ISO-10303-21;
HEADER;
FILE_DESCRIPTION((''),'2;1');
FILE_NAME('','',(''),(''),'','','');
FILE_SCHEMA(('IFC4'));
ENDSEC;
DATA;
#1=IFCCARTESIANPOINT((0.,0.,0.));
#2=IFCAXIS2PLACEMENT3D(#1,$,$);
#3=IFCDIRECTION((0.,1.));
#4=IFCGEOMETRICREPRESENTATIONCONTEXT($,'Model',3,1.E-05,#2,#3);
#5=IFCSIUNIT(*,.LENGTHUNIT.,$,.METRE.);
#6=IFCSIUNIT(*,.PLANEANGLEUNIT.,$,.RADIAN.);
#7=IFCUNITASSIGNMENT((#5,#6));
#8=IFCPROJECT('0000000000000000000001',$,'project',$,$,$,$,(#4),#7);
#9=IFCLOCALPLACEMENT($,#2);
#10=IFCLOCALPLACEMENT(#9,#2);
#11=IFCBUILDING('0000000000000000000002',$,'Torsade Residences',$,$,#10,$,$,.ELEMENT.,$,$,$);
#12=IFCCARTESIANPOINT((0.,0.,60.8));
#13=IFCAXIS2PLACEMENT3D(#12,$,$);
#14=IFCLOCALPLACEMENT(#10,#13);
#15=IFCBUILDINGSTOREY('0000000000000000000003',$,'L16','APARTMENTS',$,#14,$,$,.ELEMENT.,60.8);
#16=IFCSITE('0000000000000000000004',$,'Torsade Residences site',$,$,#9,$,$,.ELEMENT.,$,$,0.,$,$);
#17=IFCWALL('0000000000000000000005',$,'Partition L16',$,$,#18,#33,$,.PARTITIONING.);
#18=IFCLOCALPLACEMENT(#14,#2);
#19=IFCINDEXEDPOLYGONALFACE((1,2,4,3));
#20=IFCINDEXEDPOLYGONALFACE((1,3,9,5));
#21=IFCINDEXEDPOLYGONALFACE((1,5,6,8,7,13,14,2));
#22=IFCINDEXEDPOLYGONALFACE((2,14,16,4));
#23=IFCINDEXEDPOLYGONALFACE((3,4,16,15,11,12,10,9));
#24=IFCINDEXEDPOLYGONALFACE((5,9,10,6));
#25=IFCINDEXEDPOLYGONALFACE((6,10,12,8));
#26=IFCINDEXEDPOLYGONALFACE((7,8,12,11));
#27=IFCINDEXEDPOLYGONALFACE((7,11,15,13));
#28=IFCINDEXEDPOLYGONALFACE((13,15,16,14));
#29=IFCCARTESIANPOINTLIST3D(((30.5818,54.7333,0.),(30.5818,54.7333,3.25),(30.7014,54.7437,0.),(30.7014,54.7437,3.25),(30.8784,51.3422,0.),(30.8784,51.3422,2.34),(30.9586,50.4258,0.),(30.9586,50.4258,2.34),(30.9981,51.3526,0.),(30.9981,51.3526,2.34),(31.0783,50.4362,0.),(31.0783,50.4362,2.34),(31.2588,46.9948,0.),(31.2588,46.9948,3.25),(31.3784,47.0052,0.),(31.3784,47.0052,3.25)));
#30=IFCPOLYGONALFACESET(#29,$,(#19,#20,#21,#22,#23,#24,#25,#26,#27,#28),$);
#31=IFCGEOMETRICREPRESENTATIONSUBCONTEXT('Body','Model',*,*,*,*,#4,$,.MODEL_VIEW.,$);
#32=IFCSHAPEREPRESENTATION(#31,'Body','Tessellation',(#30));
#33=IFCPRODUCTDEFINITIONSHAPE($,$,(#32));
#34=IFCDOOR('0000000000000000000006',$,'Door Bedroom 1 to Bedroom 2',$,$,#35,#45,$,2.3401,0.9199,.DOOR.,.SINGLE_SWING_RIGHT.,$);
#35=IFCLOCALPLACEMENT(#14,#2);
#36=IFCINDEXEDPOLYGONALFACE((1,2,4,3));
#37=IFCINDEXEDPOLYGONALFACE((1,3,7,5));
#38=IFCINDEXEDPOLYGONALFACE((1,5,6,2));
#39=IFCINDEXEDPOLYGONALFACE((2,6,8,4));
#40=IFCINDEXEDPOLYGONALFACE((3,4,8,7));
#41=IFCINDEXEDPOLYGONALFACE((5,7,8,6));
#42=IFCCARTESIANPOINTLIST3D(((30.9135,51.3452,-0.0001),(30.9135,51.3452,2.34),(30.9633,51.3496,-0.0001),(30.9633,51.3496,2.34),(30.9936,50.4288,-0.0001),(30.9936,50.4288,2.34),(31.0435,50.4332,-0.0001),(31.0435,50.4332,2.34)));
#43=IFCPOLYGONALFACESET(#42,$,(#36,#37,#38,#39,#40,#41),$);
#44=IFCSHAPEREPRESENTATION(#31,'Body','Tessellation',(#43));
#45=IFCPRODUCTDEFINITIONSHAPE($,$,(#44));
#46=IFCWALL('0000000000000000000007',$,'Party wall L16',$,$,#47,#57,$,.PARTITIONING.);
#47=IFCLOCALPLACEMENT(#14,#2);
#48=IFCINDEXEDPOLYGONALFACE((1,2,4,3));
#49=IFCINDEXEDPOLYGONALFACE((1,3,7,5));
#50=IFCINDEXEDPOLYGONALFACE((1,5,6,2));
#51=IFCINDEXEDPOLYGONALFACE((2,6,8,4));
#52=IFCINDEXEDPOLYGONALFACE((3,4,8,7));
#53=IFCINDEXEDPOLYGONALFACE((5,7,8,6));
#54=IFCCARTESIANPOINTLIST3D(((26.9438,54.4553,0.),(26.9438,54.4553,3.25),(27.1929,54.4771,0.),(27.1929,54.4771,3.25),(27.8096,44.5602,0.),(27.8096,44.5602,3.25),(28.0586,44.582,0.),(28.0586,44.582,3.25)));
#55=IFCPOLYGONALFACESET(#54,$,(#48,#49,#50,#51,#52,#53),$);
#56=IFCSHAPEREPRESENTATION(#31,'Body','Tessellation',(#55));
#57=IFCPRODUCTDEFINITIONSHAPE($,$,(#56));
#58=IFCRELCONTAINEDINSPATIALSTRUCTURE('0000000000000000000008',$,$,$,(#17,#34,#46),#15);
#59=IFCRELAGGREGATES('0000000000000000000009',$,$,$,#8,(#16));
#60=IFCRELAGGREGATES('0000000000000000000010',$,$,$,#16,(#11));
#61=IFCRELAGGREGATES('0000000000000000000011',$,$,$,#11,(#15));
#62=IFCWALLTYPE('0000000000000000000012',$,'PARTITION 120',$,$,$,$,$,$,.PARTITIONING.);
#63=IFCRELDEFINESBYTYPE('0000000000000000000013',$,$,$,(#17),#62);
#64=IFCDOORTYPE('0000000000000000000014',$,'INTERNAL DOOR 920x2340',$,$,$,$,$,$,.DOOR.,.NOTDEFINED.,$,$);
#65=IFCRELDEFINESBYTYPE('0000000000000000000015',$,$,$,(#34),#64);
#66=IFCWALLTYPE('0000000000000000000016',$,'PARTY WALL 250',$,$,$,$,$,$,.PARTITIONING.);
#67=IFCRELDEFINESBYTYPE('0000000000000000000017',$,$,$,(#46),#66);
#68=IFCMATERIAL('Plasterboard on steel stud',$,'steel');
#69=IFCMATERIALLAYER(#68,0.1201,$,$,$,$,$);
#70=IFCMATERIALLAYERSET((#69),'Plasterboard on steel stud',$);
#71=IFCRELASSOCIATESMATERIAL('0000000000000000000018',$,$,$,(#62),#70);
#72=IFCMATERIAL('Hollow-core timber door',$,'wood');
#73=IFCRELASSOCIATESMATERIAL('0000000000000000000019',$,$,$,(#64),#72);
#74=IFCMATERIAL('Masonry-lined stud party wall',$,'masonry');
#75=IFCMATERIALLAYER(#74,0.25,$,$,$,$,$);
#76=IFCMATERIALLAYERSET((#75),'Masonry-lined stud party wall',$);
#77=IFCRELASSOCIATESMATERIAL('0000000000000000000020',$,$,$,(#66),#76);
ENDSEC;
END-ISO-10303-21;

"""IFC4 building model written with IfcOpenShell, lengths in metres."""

from ifc_helpers import new_model, si_unit, direction, frame, frame_2d, origin, place, context, subcontext, project, spatial, rectangle, extrude, material, layer, layer_set, type_object, element, fill, save


model = new_model("IFC4")

# Units and contexts
model_context = context("Model", 3, precision=1e-05, world=origin(), true_north=direction((0.0, 1.0)))
body_context = subcontext(model_context, "Body", "Model", "MODEL_VIEW")
ifc_project = project(units=[si_unit("LENGTHUNIT", "METRE"), si_unit("PLANEANGLEUNIT", "RADIAN")], contexts=[model_context])

# Site, building, storey
site_placement = place(None, origin())
site = spatial("IfcSite", under=ifc_project, at=site_placement, Name="Torsade Residences site", CompositionType="ELEMENT", RefElevation=0.0)
building_placement = place(site_placement, origin())
building = spatial("IfcBuilding", under=site, at=building_placement, Name="Torsade Residences", CompositionType="ELEMENT")
storey_placement = place(building_placement, frame((0.0, 0.0, 60.8)))
storey = spatial("IfcBuildingStorey", under=building, at=storey_placement, Name="L16", Description="APARTMENTS", CompositionType="ELEMENT", Elevation=60.8)

# Shared definitions
ifc_material_1 = material(Name="Plasterboard on steel stud", Category="steel")
ifc_layer_1 = layer(ifc_material_1, 0.1201)
ifc_layer_set_1 = layer_set([ifc_layer_1], Name="Plasterboard on steel stud")
wall_type_1 = type_object("IfcWallType", Name="PARTITION 120", PredefinedType="PARTITIONING", material=ifc_layer_set_1)
ifc_material_2 = material(Name="Hollow-core timber door", Category="wood")
door_type_1 = type_object("IfcDoorType", Name="INTERNAL DOOR 920x2340", OperationType="NOTDEFINED", PredefinedType="DOOR", material=ifc_material_2)

# Wall, opening, door
wall_1_placement = place(storey_placement, frame((31.3186, 47.0, 0.0), z_axis=(0.0, 0.0, 1.0), x_axis=(-0.087152, 0.996195, 0.0)))
wall_1 = element("IfcWall", 1, at=wall_1_placement, inside=storey, type_object=wall_type_1, Name="Partition L16", PredefinedType="PARTITIONING", context=body_context, shape_type="SweptSolid", body=[
    extrude(rectangle(XDim=7.7681, YDim=0.1201, at=frame_2d((3.884, 0.0))), origin(), (0.0, 0.0, 1.0), 3.25),
])
opening_1_placement = place(wall_1_placement, frame((3.4441, 0.0, 0.0)))
opening_1 = element("IfcOpeningElement", 2, at=opening_1_placement, cuts=wall_1, PredefinedType="OPENING", context=body_context, shape_type="SweptSolid", body=[
    extrude(rectangle(XDim=0.9199, YDim=2.3401, at=frame_2d((0.46, 1.1699))), frame((0.0, 0.0701, 0.0), z_axis=(0.0, -1.0, 0.0), x_axis=(1.0, 0.0, 0.0)), (0.0, 0.0, 1.0), 0.1401),
])
door_1_placement = place(opening_1_placement, origin())
door_1 = element("IfcDoor", 3, at=door_1_placement, inside=storey, type_object=door_type_1, Name="Door Bedroom 1 to Bedroom 2", OperationType="SINGLE_SWING_RIGHT", OverallHeight=2.3401, OverallWidth=0.9199, PredefinedType="DOOR", context=body_context, shape_type="SweptSolid", body=[
    extrude(rectangle(XDim=0.9199, YDim=2.3401, at=frame_2d((0.46, 1.1699))), frame((0.0, 0.0249, 0.0), z_axis=(0.0, -1.0, 0.0), x_axis=(1.0, 0.0, 0.0)), (0.0, 0.0, 1.0), 0.05),
])
fill(opening_1, door_1)

# Wall
ifc_material_3 = material(Name="Masonry-lined stud party wall", Category="masonry")
ifc_layer_2 = layer(ifc_material_3, 0.25)
ifc_layer_set_2 = layer_set([ifc_layer_2], Name="Masonry-lined stud party wall")
wall_type_2 = type_object("IfcWallType", Name="PARTY WALL 250", PredefinedType="PARTITIONING", material=ifc_layer_set_2)
wall_2_placement = place(storey_placement, frame((27.0684, 54.4661, 0.0), z_axis=(0.0, 0.0, 1.0), x_axis=(0.087158, -0.996195, 0.0)))
element("IfcWall", 4, at=wall_2_placement, inside=storey, type_object=wall_type_2, Name="Party wall L16", PredefinedType="PARTITIONING", context=body_context, shape_type="SweptSolid", body=[
    extrude(rectangle(XDim=9.9329, YDim=0.25, at=frame_2d((4.9663, 0.0))), origin(), (0.0, 0.0, 1.0), 3.25),
])

save(model, "model.ifc")
